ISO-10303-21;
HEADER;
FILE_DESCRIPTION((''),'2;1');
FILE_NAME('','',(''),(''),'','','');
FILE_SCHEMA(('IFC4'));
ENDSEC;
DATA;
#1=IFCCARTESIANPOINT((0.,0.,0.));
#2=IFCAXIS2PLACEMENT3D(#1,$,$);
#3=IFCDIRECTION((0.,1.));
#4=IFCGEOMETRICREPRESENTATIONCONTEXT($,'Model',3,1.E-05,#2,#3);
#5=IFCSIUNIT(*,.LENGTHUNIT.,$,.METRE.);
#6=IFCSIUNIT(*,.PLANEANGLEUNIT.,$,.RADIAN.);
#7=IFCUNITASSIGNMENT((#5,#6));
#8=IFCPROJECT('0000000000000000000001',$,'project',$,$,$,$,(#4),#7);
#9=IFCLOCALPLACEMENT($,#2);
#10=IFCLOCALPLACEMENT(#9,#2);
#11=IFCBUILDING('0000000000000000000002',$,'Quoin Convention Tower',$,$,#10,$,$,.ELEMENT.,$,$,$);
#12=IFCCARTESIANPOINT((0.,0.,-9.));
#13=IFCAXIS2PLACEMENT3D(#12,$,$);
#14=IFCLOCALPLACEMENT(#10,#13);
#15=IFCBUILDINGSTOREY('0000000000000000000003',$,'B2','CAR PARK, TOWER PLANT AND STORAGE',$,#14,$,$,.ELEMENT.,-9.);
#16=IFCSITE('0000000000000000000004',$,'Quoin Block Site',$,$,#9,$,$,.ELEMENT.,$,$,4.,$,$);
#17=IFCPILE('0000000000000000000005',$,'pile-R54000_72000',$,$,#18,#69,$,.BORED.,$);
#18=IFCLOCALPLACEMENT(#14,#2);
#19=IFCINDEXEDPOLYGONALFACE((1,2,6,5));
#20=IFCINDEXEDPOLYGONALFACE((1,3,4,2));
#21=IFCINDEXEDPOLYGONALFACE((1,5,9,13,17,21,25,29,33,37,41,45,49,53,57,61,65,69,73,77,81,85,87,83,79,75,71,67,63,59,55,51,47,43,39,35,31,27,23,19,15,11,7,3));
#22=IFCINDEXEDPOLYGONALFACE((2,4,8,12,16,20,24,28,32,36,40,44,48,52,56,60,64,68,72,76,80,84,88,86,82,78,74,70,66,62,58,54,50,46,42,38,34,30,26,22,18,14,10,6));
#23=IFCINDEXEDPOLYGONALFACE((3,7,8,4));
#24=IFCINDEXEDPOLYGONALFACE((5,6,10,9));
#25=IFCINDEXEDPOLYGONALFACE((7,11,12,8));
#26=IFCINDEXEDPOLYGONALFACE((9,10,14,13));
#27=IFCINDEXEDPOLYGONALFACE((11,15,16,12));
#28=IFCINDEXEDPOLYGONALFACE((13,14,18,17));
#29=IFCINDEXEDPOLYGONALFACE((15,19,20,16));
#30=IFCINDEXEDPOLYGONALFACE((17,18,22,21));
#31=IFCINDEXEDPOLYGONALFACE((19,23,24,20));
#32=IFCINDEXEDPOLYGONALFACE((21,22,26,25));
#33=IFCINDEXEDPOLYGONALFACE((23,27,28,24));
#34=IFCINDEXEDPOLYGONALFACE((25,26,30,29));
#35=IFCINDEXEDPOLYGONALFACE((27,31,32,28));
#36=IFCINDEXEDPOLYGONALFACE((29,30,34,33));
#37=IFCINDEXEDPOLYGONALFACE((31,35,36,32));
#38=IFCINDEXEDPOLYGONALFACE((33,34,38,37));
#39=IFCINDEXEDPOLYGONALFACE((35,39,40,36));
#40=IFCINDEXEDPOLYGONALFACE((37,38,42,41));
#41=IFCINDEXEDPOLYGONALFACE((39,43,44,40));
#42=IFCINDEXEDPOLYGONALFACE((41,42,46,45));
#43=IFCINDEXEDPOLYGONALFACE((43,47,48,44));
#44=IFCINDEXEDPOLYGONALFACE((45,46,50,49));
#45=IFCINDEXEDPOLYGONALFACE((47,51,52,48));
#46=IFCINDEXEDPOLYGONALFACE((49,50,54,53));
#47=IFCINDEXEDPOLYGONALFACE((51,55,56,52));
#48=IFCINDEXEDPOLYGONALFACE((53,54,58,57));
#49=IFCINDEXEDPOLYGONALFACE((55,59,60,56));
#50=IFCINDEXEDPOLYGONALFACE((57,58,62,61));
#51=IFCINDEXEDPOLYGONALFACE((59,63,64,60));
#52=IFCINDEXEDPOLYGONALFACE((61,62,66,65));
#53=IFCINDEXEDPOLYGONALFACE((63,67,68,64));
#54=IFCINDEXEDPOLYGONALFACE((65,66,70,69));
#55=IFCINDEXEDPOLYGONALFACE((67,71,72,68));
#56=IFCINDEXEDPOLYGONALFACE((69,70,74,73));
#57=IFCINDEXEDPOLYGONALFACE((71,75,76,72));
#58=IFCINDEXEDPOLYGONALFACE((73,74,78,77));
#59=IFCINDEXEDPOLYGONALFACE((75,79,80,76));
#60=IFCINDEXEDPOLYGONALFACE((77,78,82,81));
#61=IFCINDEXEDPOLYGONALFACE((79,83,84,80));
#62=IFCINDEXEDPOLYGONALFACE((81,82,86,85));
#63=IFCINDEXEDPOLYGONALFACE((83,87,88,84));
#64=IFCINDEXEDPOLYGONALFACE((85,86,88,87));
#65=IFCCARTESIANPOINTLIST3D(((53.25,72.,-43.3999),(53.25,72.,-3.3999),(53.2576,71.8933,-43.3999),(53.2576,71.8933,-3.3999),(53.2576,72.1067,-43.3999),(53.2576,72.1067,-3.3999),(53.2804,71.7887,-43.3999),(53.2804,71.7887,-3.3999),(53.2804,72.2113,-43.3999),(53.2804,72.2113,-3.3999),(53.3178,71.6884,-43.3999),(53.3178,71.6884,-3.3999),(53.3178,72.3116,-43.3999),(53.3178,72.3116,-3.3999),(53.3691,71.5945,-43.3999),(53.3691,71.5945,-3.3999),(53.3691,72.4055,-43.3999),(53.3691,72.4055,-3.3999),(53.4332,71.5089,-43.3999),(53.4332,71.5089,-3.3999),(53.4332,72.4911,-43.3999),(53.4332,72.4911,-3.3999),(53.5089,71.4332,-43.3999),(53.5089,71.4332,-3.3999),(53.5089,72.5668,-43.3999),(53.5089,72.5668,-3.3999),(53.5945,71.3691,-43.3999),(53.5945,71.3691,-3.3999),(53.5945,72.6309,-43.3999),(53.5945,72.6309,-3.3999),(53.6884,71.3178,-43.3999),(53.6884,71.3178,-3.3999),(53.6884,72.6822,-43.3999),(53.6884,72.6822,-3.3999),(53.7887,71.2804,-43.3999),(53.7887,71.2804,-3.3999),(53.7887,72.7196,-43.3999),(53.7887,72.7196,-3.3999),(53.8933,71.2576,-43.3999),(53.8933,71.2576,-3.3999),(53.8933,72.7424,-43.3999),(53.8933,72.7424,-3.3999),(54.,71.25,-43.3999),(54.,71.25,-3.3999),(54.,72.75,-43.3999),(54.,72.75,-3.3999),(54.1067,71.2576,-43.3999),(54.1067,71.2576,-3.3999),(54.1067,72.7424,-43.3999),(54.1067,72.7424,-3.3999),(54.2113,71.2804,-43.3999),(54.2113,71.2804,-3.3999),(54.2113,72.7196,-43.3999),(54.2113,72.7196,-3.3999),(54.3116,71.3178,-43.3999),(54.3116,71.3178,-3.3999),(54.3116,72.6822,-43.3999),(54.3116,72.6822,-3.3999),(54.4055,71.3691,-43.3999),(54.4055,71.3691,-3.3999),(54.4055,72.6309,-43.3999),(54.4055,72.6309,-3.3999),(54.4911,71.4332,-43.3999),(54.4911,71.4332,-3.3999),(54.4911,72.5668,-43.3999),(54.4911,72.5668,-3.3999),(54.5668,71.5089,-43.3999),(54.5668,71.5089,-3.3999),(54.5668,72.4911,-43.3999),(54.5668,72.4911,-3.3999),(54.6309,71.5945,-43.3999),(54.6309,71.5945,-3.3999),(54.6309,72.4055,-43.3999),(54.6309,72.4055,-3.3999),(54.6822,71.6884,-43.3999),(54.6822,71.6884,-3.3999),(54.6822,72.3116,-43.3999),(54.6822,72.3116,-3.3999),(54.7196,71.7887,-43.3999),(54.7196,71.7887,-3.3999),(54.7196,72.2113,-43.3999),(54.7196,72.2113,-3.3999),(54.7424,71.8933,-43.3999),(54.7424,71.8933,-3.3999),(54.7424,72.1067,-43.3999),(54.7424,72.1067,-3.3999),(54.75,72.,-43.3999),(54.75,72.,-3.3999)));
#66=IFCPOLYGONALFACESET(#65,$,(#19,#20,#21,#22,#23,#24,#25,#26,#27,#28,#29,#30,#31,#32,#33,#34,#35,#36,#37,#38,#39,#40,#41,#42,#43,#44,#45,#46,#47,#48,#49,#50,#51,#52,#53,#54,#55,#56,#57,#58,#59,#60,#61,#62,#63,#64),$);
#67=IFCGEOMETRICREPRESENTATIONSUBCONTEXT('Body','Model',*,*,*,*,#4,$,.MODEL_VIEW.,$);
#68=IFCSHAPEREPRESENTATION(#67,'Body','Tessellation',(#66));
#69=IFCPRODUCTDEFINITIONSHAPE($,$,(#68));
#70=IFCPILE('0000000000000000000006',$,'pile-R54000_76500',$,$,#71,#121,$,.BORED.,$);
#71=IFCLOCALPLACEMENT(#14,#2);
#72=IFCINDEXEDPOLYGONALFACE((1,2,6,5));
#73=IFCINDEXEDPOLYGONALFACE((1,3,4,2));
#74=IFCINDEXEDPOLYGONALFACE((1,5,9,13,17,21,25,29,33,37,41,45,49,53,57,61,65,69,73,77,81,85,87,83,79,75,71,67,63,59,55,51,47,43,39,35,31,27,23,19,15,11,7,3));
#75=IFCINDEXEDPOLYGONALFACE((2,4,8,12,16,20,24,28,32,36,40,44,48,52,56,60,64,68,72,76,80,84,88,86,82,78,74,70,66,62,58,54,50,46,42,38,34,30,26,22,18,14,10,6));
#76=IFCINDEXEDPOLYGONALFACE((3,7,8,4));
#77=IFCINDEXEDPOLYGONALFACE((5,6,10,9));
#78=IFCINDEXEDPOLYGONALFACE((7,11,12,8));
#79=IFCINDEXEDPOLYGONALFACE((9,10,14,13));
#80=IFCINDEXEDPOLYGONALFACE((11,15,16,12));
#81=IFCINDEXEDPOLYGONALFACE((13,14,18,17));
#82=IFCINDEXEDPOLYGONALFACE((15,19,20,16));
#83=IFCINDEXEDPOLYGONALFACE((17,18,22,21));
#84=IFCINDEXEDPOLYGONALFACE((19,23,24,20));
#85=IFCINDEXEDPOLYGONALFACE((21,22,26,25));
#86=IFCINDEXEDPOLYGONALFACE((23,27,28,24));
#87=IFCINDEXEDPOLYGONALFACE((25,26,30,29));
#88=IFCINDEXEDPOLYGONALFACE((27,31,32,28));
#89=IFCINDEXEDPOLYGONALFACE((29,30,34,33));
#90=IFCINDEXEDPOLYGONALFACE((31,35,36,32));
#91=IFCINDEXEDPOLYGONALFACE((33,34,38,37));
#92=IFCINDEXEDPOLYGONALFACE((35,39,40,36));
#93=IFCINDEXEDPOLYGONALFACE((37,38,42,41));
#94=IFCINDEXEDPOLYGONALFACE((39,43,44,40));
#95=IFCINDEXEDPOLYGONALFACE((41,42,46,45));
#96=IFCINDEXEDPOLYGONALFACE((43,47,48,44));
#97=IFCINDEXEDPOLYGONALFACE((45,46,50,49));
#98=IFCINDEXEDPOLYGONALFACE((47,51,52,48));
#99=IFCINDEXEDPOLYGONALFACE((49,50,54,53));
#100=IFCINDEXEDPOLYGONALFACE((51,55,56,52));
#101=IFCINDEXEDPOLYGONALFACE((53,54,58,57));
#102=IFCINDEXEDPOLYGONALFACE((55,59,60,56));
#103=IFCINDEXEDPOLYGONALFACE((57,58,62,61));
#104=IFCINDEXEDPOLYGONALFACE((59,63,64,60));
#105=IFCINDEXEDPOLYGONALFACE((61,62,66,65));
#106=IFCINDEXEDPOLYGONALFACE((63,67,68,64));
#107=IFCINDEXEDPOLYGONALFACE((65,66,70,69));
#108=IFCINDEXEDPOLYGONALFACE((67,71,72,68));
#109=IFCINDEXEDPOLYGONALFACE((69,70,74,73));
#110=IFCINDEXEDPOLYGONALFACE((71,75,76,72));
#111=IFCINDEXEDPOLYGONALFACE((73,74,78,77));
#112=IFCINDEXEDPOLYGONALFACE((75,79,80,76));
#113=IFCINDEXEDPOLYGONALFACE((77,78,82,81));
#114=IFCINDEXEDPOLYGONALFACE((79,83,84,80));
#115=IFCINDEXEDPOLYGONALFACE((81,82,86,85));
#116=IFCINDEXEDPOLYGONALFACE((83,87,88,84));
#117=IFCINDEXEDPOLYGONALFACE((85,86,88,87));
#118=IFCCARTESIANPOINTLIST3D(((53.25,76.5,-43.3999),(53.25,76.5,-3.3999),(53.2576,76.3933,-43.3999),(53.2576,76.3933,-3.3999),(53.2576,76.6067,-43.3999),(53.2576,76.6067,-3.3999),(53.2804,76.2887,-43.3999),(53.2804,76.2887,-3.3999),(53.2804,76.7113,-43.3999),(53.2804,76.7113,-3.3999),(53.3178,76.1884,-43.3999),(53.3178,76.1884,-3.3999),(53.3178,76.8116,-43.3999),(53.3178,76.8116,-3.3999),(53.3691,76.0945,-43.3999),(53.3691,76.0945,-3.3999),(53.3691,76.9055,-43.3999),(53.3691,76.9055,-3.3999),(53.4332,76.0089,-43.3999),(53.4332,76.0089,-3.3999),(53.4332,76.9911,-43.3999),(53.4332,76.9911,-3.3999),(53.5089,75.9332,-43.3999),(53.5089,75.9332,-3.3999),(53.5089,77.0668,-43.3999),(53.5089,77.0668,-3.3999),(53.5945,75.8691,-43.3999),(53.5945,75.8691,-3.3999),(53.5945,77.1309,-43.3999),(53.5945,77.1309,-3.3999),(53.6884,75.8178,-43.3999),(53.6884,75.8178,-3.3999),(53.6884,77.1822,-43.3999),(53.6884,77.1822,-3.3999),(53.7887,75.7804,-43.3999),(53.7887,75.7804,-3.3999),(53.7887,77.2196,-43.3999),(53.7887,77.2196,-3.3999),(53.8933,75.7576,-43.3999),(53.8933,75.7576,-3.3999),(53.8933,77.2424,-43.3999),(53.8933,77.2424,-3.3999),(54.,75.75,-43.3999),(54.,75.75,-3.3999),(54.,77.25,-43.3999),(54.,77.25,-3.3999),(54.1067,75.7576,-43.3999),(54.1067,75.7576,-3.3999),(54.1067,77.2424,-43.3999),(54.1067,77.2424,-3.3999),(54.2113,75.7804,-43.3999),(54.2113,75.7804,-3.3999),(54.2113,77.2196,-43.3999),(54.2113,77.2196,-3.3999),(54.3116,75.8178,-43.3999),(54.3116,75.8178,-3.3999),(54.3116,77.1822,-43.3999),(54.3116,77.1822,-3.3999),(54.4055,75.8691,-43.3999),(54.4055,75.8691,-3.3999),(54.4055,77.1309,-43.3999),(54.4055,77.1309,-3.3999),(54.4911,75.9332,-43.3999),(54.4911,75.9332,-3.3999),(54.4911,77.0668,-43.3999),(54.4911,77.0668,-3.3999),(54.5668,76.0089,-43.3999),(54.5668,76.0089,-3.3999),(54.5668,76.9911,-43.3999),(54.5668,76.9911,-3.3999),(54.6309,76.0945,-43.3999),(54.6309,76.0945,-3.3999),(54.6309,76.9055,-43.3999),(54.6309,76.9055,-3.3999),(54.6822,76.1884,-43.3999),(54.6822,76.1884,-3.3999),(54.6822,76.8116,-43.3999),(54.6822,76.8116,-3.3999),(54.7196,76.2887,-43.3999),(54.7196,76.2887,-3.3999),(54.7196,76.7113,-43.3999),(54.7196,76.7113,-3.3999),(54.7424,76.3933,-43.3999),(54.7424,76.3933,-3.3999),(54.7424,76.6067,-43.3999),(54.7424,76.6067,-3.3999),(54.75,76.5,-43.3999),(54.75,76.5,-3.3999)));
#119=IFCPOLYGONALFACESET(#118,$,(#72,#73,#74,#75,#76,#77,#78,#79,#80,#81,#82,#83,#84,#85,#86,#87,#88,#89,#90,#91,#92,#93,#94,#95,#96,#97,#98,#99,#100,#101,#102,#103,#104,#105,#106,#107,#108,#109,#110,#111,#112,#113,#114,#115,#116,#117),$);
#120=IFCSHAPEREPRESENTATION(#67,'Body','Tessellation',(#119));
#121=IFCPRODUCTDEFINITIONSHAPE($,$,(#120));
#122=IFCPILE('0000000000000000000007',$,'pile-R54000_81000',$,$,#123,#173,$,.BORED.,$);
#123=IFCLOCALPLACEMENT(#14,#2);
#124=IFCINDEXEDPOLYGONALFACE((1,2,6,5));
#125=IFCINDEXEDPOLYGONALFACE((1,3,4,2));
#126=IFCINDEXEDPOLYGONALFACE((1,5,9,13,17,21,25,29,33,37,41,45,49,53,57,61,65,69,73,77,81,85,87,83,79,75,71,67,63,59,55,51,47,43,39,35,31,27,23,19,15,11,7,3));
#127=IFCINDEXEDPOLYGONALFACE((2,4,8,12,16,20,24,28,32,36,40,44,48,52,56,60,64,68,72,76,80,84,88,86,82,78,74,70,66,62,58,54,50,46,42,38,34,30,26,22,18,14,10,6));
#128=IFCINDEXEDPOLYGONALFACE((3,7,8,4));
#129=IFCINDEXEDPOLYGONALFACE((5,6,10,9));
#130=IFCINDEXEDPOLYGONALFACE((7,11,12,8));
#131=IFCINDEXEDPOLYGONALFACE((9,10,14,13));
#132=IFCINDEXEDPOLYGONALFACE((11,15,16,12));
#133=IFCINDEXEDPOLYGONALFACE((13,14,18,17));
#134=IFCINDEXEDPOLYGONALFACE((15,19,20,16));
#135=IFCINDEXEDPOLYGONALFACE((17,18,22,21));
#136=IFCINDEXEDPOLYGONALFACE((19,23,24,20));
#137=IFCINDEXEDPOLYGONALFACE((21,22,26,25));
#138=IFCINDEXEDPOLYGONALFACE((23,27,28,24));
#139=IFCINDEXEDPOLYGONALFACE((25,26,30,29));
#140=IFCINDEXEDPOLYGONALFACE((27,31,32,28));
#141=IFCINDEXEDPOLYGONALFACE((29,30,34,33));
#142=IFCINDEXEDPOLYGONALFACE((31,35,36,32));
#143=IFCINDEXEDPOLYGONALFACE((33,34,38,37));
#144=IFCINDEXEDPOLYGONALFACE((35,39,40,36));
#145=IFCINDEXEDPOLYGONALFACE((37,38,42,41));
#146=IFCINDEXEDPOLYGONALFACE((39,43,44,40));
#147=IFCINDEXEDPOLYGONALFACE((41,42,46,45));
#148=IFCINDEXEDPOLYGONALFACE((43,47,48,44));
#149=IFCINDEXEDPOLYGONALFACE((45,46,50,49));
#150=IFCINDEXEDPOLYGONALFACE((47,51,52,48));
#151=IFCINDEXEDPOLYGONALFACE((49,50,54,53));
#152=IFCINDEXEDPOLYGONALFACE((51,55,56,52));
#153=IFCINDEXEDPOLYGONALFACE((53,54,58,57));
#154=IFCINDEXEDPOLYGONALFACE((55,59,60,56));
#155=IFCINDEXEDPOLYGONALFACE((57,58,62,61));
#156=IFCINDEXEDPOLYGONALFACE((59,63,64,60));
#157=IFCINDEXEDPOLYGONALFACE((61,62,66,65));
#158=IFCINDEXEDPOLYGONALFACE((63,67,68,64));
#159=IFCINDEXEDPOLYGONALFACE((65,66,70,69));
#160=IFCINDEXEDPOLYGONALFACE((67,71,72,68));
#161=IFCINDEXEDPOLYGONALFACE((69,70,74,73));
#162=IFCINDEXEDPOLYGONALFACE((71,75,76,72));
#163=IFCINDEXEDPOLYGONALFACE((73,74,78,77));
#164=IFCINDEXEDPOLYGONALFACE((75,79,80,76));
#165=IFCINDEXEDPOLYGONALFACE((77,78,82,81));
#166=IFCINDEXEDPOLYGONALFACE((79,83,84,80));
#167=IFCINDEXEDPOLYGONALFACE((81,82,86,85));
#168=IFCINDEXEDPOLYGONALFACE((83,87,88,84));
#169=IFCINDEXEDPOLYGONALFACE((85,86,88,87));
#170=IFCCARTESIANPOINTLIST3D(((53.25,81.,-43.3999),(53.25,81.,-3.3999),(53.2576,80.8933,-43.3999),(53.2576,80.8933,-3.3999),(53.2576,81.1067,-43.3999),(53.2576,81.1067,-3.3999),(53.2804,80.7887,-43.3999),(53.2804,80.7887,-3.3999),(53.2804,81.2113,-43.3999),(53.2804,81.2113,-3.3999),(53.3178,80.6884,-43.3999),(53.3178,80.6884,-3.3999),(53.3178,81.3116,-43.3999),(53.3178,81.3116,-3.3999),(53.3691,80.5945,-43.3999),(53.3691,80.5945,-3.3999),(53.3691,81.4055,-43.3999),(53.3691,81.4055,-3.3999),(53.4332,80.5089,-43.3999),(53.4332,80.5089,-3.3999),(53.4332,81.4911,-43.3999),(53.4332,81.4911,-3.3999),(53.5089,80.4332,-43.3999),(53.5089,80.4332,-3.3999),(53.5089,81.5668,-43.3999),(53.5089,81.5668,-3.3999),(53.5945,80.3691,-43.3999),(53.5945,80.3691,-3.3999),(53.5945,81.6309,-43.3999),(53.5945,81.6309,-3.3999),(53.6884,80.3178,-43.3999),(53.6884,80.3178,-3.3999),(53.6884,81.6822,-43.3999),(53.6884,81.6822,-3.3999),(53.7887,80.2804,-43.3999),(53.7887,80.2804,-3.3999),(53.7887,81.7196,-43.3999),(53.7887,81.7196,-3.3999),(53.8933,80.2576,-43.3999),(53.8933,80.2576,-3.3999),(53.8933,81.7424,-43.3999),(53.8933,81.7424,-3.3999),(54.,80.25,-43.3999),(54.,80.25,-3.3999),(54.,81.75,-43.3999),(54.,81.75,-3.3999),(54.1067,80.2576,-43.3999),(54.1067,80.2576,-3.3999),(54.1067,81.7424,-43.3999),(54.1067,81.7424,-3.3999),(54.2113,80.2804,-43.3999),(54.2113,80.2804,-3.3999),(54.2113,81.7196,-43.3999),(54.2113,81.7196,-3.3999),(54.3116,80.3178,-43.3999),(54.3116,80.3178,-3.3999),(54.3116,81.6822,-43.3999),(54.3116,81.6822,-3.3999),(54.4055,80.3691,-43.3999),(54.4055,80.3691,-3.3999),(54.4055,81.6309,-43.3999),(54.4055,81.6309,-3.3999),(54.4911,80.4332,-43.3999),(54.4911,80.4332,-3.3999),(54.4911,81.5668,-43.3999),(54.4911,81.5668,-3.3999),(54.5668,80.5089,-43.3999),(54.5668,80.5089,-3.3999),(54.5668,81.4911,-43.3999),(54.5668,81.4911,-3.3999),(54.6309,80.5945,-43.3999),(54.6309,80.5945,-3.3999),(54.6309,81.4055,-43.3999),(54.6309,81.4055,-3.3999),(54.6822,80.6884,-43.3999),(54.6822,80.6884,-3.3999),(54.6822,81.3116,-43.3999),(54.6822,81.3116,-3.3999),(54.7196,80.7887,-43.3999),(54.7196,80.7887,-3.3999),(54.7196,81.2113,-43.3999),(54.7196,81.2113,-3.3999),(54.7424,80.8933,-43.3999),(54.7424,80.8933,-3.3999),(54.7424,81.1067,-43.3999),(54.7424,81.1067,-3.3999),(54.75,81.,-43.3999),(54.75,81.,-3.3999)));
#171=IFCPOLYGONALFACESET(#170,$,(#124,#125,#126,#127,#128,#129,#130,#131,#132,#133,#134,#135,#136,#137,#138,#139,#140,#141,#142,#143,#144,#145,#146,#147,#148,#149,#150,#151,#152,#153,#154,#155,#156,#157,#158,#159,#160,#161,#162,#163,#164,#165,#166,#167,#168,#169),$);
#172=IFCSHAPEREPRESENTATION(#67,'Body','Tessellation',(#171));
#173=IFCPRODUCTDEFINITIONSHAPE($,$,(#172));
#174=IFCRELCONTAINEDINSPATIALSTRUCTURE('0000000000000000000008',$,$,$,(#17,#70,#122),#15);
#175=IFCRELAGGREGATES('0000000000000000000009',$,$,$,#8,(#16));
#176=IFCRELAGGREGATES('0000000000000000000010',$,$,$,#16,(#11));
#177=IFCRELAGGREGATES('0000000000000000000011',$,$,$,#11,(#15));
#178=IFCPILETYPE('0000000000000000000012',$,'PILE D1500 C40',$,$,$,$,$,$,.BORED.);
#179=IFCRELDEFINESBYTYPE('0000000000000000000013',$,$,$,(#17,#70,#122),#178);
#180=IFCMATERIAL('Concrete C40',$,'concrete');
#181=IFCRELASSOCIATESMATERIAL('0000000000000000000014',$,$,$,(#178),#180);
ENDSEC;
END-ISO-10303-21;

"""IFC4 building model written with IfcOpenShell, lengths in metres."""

from ifc_helpers import new_model, si_unit, direction, frame, origin, origin_2d, place, context, subcontext, project, spatial, circle, extrude, material, material_profile, profile_set, type_object, element, save


model = new_model("IFC4")

# Units and contexts
model_context = context("Model", 3, precision=1e-05, world=origin(), true_north=direction((0.0, 1.0)))
body_context = subcontext(model_context, "Body", "Model", "MODEL_VIEW")
ifc_project = project(units=[si_unit("LENGTHUNIT", "METRE"), si_unit("PLANEANGLEUNIT", "RADIAN")], contexts=[model_context])

# Site, building, storey
site_placement = place(None, origin())
site = spatial("IfcSite", under=ifc_project, at=site_placement, Name="Quoin Block Site", CompositionType="ELEMENT", RefElevation=4.0)
building_placement = place(site_placement, origin())
building = spatial("IfcBuilding", under=site, at=building_placement, Name="Quoin Convention Tower", CompositionType="ELEMENT")
storey_placement = place(building_placement, frame((0.0, 0.0, -9.0)))
storey = spatial("IfcBuildingStorey", under=building, at=storey_placement, Name="B2", Description="CAR PARK, TOWER PLANT AND STORAGE", CompositionType="ELEMENT", Elevation=-9.0)

# Piles
ifc_material_1 = material(Name="Concrete C40", Category="concrete")
ifc_material_profile_1 = material_profile(ifc_material_1, circle(Radius=0.75, at=origin_2d()), Name="D1500")
ifc_profile_set_1 = profile_set([ifc_material_profile_1], Name="Concrete C40")
pile_type = type_object("IfcPileType", Name="PILE D1500 C40", PredefinedType="BORED", material=ifc_profile_set_1)
for number, where, z_axis, x_axis, name in (
    (1, (54.0, 72.0, -3.3999), (0.0, 0.0, -1.0), (1.0, 0.0, 0.0), "pile-R54000_72000"),
    (2, (54.0, 76.5, -3.3999), (0.0, 0.0, -1.0), (1.0, 0.0, 0.0), "pile-R54000_76500"),
    (3, (54.0, 81.0, -3.3999), (0.0, 0.0, -1.0), (1.0, 0.0, 0.0), "pile-R54000_81000"),
):
    element("IfcPile", number, at=place(storey_placement, frame(where, z_axis=z_axis, x_axis=x_axis)), inside=storey, type_object=pile_type, Name=name, PredefinedType="BORED", context=body_context, shape_type="SweptSolid", body=[
        extrude(circle(Radius=0.75, at=origin_2d()), origin(), (0.0, 0.0, 1.0), 40.0),
    ])

save(model, "model.ifc")
